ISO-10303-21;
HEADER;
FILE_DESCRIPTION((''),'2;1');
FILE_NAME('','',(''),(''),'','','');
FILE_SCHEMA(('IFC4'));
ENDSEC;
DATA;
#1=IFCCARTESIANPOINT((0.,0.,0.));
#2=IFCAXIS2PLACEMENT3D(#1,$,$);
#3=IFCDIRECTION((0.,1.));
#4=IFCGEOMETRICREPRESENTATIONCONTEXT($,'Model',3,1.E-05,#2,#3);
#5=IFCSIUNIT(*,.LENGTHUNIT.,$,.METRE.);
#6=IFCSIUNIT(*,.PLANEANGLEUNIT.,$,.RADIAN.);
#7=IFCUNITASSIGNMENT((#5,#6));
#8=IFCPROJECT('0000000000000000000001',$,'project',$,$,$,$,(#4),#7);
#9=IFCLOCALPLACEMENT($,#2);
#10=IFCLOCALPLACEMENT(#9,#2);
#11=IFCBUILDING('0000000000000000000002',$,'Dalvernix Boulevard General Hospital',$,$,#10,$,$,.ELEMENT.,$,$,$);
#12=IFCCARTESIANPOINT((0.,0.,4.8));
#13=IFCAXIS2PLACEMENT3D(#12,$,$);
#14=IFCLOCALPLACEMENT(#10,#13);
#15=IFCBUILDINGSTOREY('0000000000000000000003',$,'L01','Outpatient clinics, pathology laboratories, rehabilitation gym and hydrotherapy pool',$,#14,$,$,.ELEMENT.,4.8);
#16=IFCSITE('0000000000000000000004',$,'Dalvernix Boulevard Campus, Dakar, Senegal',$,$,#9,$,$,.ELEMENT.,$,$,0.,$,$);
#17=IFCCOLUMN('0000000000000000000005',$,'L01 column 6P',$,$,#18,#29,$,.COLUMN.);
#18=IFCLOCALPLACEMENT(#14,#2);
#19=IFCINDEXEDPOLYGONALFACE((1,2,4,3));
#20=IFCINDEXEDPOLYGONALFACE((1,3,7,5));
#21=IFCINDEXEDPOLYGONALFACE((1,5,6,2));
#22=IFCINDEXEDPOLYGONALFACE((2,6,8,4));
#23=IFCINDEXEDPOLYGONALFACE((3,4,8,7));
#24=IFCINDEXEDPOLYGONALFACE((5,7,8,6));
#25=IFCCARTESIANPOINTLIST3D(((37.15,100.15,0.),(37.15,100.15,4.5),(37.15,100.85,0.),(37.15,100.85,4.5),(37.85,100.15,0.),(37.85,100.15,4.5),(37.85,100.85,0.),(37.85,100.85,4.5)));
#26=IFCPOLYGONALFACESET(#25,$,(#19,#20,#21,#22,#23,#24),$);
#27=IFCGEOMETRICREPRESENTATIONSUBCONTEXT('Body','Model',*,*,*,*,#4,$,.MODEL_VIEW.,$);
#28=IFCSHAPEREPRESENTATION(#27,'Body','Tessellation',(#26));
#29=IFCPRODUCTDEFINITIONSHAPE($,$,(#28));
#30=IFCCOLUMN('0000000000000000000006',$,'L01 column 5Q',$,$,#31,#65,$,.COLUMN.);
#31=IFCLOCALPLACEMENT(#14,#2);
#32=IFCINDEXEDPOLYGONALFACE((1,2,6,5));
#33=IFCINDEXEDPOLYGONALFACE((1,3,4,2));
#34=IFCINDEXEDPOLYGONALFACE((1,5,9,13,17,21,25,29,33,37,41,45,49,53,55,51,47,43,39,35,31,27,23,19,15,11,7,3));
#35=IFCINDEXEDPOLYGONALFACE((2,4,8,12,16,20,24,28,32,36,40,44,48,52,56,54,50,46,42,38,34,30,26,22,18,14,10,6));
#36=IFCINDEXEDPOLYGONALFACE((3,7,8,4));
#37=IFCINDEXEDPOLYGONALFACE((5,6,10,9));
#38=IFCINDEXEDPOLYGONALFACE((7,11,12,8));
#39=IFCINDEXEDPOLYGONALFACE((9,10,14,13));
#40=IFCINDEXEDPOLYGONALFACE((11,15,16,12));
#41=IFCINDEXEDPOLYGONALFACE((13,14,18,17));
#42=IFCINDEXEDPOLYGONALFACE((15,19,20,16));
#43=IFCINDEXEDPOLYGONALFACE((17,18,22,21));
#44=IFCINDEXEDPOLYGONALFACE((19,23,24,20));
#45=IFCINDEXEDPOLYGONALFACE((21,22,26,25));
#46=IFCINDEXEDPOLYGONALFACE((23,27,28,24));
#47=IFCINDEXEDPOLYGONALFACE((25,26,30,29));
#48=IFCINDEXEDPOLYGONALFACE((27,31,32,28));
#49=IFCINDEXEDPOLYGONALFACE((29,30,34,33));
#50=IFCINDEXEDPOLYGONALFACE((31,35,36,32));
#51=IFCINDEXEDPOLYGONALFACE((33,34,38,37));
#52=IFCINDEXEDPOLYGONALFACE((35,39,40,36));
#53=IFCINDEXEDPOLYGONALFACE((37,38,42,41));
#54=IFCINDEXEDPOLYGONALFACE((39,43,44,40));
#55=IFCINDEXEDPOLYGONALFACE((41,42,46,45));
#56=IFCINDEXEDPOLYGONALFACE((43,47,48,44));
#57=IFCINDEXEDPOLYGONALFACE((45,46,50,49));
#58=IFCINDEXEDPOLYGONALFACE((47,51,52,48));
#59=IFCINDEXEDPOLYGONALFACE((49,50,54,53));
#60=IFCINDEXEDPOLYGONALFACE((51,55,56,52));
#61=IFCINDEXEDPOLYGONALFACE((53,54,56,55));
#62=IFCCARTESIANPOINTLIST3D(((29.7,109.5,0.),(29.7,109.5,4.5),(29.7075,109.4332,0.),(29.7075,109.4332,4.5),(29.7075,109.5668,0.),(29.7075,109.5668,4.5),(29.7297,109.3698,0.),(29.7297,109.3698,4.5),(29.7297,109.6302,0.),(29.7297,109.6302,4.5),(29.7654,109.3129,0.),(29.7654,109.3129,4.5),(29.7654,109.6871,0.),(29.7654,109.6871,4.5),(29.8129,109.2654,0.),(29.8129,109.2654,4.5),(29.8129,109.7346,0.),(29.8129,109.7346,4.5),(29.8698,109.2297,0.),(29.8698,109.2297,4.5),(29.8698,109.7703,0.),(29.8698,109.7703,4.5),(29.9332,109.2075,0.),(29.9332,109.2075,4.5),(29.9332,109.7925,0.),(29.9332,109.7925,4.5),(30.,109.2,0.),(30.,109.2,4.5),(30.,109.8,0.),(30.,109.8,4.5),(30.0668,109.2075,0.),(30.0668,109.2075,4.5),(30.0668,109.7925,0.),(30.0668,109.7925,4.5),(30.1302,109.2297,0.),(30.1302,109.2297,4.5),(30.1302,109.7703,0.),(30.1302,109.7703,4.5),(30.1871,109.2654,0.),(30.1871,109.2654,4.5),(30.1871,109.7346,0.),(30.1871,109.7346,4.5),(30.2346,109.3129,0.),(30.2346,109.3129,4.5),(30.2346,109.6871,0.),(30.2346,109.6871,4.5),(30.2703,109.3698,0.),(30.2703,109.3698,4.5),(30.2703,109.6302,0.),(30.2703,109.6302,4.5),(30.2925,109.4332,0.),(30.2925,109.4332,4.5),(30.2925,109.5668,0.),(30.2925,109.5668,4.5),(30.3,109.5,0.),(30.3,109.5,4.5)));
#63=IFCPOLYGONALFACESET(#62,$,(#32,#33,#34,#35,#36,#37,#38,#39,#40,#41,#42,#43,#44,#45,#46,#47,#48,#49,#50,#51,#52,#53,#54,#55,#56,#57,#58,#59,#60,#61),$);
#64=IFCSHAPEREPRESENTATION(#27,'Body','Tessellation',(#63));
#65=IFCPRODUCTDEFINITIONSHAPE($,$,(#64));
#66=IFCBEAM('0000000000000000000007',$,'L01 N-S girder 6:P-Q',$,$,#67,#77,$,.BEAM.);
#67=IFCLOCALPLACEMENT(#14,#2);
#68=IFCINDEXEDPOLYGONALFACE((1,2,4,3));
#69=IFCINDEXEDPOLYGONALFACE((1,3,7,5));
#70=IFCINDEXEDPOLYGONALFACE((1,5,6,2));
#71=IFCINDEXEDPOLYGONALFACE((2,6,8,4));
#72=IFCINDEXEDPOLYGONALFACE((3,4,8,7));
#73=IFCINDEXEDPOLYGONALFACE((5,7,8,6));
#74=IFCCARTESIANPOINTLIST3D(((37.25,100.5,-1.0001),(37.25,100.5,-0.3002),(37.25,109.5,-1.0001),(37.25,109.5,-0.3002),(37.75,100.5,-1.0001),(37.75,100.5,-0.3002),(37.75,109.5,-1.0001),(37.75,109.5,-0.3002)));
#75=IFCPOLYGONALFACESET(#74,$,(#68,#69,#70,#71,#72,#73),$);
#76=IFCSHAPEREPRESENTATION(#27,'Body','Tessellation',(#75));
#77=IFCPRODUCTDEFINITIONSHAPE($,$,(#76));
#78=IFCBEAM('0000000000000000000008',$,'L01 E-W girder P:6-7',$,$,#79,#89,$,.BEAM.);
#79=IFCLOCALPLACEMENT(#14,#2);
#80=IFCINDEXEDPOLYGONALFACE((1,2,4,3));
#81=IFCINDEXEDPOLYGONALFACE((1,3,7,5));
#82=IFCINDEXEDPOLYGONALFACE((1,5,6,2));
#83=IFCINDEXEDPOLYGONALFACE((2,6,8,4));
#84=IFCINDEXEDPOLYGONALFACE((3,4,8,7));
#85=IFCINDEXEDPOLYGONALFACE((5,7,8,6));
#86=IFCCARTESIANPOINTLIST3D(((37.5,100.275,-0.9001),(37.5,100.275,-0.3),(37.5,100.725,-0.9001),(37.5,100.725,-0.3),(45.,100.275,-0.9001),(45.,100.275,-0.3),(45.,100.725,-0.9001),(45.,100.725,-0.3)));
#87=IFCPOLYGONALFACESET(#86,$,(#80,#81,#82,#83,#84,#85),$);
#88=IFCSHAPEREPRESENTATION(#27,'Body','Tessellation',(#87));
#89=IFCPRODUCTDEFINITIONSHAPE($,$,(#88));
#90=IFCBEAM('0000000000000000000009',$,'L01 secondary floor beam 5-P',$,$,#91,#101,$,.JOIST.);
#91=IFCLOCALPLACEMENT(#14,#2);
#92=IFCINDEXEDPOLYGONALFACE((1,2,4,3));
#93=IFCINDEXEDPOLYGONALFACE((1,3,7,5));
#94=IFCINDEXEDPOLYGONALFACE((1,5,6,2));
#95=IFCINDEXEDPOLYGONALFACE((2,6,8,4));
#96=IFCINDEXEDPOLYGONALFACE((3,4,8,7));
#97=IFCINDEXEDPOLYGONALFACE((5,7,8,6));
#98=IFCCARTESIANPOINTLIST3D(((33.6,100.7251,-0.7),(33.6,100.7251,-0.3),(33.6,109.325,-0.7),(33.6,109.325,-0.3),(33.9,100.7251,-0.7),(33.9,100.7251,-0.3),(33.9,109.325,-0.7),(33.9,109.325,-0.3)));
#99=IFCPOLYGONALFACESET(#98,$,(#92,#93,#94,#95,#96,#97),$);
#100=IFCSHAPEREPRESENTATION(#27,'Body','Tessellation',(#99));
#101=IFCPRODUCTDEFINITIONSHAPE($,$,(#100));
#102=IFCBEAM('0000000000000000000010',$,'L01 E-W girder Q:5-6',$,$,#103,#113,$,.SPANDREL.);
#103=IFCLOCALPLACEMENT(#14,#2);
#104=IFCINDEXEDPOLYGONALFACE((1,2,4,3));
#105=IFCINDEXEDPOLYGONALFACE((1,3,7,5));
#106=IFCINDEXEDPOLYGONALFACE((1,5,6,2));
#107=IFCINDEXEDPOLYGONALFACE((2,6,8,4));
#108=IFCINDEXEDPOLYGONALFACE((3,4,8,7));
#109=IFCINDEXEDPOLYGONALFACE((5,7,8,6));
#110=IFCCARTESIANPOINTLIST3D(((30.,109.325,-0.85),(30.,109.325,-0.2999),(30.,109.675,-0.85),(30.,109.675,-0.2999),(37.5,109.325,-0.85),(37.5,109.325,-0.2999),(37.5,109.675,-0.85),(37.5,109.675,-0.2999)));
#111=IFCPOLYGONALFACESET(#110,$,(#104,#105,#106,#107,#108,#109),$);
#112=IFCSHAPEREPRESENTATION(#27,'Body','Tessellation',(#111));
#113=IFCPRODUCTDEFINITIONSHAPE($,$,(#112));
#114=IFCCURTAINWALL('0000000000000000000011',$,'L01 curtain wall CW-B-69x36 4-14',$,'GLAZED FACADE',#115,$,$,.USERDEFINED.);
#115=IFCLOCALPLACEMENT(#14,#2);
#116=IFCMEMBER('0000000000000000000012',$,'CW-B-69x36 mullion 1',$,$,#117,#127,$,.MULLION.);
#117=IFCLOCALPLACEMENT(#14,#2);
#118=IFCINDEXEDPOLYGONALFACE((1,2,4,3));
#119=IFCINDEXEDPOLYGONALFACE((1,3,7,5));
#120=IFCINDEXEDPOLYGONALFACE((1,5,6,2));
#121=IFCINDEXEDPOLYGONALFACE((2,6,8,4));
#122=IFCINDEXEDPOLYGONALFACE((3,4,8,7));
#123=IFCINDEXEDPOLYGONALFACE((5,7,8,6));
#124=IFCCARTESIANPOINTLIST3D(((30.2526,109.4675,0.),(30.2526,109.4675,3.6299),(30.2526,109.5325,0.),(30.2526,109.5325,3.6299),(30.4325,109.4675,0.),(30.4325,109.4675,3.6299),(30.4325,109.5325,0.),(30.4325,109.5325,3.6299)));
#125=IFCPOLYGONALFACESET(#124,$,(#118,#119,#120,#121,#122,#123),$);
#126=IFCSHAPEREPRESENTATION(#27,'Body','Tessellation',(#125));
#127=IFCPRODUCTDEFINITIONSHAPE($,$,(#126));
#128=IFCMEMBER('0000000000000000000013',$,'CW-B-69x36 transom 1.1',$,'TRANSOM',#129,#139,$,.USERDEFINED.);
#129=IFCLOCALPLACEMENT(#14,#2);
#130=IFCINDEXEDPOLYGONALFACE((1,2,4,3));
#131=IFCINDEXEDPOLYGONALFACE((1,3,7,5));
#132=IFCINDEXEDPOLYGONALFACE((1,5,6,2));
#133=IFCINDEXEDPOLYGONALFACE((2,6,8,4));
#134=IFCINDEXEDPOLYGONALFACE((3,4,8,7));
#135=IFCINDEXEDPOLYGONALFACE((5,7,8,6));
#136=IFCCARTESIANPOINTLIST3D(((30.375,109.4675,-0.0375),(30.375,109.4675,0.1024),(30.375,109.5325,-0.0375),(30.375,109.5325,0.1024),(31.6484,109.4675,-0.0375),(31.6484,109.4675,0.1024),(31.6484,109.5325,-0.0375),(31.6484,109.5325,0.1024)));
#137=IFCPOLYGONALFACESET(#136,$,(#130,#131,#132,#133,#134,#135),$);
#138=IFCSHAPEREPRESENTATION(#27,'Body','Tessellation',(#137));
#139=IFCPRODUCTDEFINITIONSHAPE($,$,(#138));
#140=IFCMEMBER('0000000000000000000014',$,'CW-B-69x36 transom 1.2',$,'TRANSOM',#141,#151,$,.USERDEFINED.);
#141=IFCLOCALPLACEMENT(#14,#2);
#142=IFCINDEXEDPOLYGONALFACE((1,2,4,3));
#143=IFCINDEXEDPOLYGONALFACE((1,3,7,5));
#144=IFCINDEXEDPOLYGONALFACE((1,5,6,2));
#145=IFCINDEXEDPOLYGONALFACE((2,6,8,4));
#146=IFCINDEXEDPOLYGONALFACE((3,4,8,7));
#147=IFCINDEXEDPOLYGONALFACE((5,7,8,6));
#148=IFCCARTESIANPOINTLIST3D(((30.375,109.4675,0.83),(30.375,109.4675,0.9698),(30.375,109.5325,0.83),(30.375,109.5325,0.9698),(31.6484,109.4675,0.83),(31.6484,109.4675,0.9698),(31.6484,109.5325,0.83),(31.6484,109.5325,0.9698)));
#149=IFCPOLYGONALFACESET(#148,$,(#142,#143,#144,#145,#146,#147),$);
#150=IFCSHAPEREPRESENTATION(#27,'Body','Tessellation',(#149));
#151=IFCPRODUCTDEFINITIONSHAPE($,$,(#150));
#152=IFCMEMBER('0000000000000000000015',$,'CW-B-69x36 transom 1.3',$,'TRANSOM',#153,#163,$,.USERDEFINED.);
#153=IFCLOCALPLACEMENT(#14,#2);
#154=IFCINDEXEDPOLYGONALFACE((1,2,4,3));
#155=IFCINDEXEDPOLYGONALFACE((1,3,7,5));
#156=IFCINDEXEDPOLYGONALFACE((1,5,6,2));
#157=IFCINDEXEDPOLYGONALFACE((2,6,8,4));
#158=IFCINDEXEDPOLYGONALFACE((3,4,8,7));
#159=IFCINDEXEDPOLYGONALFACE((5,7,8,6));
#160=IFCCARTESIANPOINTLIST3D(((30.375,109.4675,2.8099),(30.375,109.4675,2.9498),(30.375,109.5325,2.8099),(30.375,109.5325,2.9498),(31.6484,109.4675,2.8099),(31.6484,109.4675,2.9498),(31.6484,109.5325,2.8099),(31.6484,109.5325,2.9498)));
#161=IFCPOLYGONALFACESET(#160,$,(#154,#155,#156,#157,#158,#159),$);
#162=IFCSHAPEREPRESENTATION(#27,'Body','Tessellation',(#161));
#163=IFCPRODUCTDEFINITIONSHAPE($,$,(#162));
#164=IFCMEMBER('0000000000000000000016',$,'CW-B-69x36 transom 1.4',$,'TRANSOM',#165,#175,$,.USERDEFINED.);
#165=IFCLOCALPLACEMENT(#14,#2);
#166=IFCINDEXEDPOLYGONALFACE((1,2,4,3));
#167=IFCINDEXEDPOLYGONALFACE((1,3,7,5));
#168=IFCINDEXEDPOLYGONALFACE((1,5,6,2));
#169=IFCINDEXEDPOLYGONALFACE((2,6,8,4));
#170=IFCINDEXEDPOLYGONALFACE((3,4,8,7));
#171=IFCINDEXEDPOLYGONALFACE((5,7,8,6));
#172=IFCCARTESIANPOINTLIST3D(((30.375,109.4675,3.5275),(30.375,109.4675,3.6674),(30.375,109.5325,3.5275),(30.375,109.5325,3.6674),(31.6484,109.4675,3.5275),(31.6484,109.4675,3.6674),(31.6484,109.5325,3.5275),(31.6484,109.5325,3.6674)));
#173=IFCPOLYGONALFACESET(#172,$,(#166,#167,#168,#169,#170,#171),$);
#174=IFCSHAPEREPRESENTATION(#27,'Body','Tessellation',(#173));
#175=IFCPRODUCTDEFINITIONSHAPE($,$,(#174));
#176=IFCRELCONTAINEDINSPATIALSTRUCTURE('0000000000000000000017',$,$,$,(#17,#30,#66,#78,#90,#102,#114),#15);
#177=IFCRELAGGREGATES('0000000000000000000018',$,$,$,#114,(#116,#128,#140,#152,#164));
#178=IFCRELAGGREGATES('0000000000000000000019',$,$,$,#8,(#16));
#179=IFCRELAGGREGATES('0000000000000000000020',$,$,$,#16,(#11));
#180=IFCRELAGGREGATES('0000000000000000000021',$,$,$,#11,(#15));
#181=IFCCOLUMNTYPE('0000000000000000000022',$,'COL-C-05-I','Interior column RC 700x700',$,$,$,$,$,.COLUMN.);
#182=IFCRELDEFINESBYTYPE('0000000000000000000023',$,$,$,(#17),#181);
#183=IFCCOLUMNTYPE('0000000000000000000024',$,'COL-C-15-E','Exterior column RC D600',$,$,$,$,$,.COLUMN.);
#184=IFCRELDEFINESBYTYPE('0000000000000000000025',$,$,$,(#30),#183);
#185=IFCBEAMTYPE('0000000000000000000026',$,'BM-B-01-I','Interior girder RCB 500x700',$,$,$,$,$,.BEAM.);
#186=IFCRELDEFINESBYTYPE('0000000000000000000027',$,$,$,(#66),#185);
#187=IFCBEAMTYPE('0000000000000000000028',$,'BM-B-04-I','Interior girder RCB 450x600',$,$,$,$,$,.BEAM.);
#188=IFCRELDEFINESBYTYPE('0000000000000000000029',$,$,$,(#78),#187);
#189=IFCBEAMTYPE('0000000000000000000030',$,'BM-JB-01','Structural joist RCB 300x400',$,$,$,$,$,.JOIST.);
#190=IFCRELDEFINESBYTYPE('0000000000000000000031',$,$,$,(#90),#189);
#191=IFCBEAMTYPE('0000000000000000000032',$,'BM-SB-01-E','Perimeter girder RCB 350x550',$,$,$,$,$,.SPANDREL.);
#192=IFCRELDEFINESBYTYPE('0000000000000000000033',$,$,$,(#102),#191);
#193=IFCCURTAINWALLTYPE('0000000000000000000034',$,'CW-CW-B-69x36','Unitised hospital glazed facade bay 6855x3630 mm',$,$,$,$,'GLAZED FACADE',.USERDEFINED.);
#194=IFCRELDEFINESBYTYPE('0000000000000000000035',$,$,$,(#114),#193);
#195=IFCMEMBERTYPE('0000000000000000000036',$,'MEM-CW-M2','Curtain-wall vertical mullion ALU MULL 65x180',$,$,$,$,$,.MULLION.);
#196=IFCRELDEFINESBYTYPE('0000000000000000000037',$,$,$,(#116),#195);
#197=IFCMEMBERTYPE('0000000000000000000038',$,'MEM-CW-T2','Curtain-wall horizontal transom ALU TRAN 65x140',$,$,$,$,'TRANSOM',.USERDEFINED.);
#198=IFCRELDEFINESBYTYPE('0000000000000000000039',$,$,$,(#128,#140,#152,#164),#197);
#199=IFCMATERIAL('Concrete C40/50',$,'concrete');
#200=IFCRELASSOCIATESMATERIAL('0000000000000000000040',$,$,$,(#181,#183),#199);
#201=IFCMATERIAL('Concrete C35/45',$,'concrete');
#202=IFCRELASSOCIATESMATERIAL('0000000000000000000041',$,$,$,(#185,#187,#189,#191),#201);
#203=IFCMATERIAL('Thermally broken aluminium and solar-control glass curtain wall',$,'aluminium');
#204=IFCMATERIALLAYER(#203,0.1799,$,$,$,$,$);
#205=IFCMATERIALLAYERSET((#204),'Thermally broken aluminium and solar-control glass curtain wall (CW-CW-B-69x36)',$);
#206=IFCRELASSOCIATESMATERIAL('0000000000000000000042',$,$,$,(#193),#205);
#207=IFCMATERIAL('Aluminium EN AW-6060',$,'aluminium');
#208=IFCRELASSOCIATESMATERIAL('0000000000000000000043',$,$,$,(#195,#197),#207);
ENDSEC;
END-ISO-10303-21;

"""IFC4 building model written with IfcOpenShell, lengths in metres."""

from ifc_helpers import new_model, si_unit, direction, frame, origin, origin_2d, place, context, subcontext, project, spatial, rectangle, circle, extrude, material, layer, layer_set, material_profile, profile_set, type_object, element, aggregate, save


model = new_model("IFC4")

# Units and contexts
model_context = context("Model", 3, precision=1e-05, world=origin(), true_north=direction((0.0, 1.0)))
body_context = subcontext(model_context, "Body", "Model", "MODEL_VIEW")
ifc_project = project(units=[si_unit("LENGTHUNIT", "METRE"), si_unit("PLANEANGLEUNIT", "RADIAN")], contexts=[model_context])

# Site, building, storey
site_placement = place(None, origin())
site = spatial("IfcSite", under=ifc_project, at=site_placement, Name="Dalvernix Boulevard Campus, Dakar, Senegal", CompositionType="ELEMENT", RefElevation=0.0)
building_placement = place(site_placement, origin())
building = spatial("IfcBuilding", under=site, at=building_placement, Name="Dalvernix Boulevard General Hospital", CompositionType="ELEMENT")
storey_placement = place(building_placement, frame((0.0, 0.0, 4.8)))
storey = spatial("IfcBuildingStorey", under=building, at=storey_placement, Name="L01", Description="Outpatient clinics, pathology laboratories, rehabilitation gym and hydrotherapy pool", CompositionType="ELEMENT", Elevation=4.8)

# Columns
ifc_material_1 = material(Name="Concrete C40/50", Category="concrete")
ifc_material_profile_1 = material_profile(ifc_material_1, rectangle(XDim=0.7, YDim=0.7, at=origin_2d()), Name="RC 700x700")
ifc_profile_set_1 = profile_set([ifc_material_profile_1], Name="Concrete C40/50")
column_type_1 = type_object("IfcColumnType", Name="COL-C-05-I", Description="Interior column RC 700x700", PredefinedType="COLUMN", material=ifc_profile_set_1)
column_1_placement = place(storey_placement, frame((37.5, 100.5, 0.0), z_axis=(0.0, 0.0, 1.0), x_axis=(1.0, 0.0, 0.0)))
element("IfcColumn", 1, at=column_1_placement, inside=storey, type_object=column_type_1, Name="L01 column 6P", PredefinedType="COLUMN", context=body_context, shape_type="SweptSolid", body=[
    extrude(rectangle(XDim=0.7, YDim=0.7, at=origin_2d()), origin(), (0.0, 0.0, 1.0), 4.5),
])
ifc_material_profile_2 = material_profile(ifc_material_1, circle(Radius=0.3, at=origin_2d()), Name="RC D600")
ifc_profile_set_2 = profile_set([ifc_material_profile_2], Name="Concrete C40/50")
column_type_2 = type_object("IfcColumnType", Name="COL-C-15-E", Description="Exterior column RC D600", PredefinedType="COLUMN", material=ifc_profile_set_2)
column_2_placement = place(storey_placement, frame((30.0, 109.5, 0.0), z_axis=(0.0, 0.0, 1.0), x_axis=(1.0, 0.0, 0.0)))
element("IfcColumn", 2, at=column_2_placement, inside=storey, type_object=column_type_2, Name="L01 column 5Q", PredefinedType="COLUMN", context=body_context, shape_type="SweptSolid", body=[
    extrude(circle(Radius=0.3, at=origin_2d()), origin(), (0.0, 0.0, 1.0), 4.5),
])

# Beams
ifc_material_2 = material(Name="Concrete C35/45", Category="concrete")
ifc_material_profile_3 = material_profile(ifc_material_2, rectangle(XDim=0.5, YDim=0.7, at=origin_2d()), Name="RCB 500x700")
ifc_profile_set_3 = profile_set([ifc_material_profile_3], Name="Concrete C35/45")
beam_type_1 = type_object("IfcBeamType", Name="BM-B-01-I", Description="Interior girder RCB 500x700", PredefinedType="BEAM", material=ifc_profile_set_3)
beam_1_placement = place(storey_placement, frame((37.5, 100.5, -0.6501), z_axis=(0.0, 1.0, 0.0), x_axis=(-1.0, 0.0, 0.0)))
element("IfcBeam", 3, at=beam_1_placement, inside=storey, type_object=beam_type_1, Name="L01 N-S girder 6:P-Q", PredefinedType="BEAM", context=body_context, shape_type="SweptSolid", body=[
    extrude(rectangle(XDim=0.5, YDim=0.7, at=origin_2d()), origin(), (0.0, 0.0, 1.0), 9.0),
])
ifc_material_profile_4 = material_profile(ifc_material_2, rectangle(XDim=0.45, YDim=0.6001, at=origin_2d()), Name="RCB 450x600")
ifc_profile_set_4 = profile_set([ifc_material_profile_4], Name="Concrete C35/45")
beam_type_2 = type_object("IfcBeamType", Name="BM-B-04-I", Description="Interior girder RCB 450x600", PredefinedType="BEAM", material=ifc_profile_set_4)
beam_2_placement = place(storey_placement, frame((37.5, 100.5, -0.6001), z_axis=(1.0, 0.0, 0.0), x_axis=(0.0, 1.0, 0.0)))
element("IfcBeam", 4, at=beam_2_placement, inside=storey, type_object=beam_type_2, Name="L01 E-W girder P:6-7", PredefinedType="BEAM", context=body_context, shape_type="SweptSolid", body=[
    extrude(rectangle(XDim=0.45, YDim=0.6001, at=origin_2d()), origin(), (0.0, 0.0, 1.0), 7.5),
])
ifc_material_profile_5 = material_profile(ifc_material_2, rectangle(XDim=0.3, YDim=0.3999, at=origin_2d()), Name="RCB 300x400")
ifc_profile_set_5 = profile_set([ifc_material_profile_5], Name="Concrete C35/45")
beam_type_3 = type_object("IfcBeamType", Name="BM-JB-01", Description="Structural joist RCB 300x400", PredefinedType="JOIST", material=ifc_profile_set_5)
beam_3_placement = place(storey_placement, frame((33.75, 100.7251, -0.5), z_axis=(0.0, 1.0, 0.0), x_axis=(-1.0, 0.0, 0.0)))
element("IfcBeam", 5, at=beam_3_placement, inside=storey, type_object=beam_type_3, Name="L01 secondary floor beam 5-P", PredefinedType="JOIST", context=body_context, shape_type="SweptSolid", body=[
    extrude(rectangle(XDim=0.3, YDim=0.3999, at=origin_2d()), origin(), (0.0, 0.0, 1.0), 8.5999),
])
ifc_material_profile_6 = material_profile(ifc_material_2, rectangle(XDim=0.3501, YDim=0.55, at=origin_2d()), Name="RCB 350x550")
ifc_profile_set_6 = profile_set([ifc_material_profile_6], Name="Concrete C35/45")
beam_type_4 = type_object("IfcBeamType", Name="BM-SB-01-E", Description="Perimeter girder RCB 350x550", PredefinedType="SPANDREL", material=ifc_profile_set_6)
beam_4_placement = place(storey_placement, frame((30.0, 109.5, -0.575), z_axis=(1.0, 0.0, 0.0), x_axis=(0.0, 1.0, 0.0)))
element("IfcBeam", 6, at=beam_4_placement, inside=storey, type_object=beam_type_4, Name="L01 E-W girder Q:5-6", PredefinedType="SPANDREL", context=body_context, shape_type="SweptSolid", body=[
    extrude(rectangle(XDim=0.3501, YDim=0.55, at=origin_2d()), origin(), (0.0, 0.0, 1.0), 7.5),
])

# Curtain wall, members
ifc_material_3 = material(Name="Thermally broken aluminium and solar-control glass curtain wall", Category="aluminium")
ifc_layer_1 = layer(ifc_material_3, 0.1799)
ifc_layer_set_1 = layer_set([ifc_layer_1], Name="Thermally broken aluminium and solar-control glass curtain wall (CW-CW-B-69x36)")
curtain_wall_type = type_object("IfcCurtainWallType", Name="CW-CW-B-69x36", Description="Unitised hospital glazed facade bay 6855x3630 mm", ElementType="GLAZED FACADE", PredefinedType="USERDEFINED", material=ifc_layer_set_1)
curtain_wall_placement = place(storey_placement, origin())
curtain_wall = element("IfcCurtainWall", 7, at=curtain_wall_placement, inside=storey, type_object=curtain_wall_type, Name="L01 curtain wall CW-B-69x36 4-14", ObjectType="GLAZED FACADE", PredefinedType="USERDEFINED")
ifc_material_4 = material(Name="Aluminium EN AW-6060", Category="aluminium")
ifc_material_profile_7 = material_profile(ifc_material_4, rectangle(XDim=0.0649, YDim=0.1799, at=origin_2d()), Name="ALU MULL 65x180")
ifc_profile_set_7 = profile_set([ifc_material_profile_7], Name="Aluminium EN AW-6060")
member_type_1 = type_object("IfcMemberType", Name="MEM-CW-M2", Description="Curtain-wall vertical mullion ALU MULL 65x180", PredefinedType="MULLION", material=ifc_profile_set_7)
member_1_placement = place(storey_placement, frame((30.3425, 109.5, 0.0), z_axis=(0.0, 0.0, 1.0), x_axis=(0.0, 1.0, 0.0)))
member_1 = element("IfcMember", 8, at=member_1_placement, type_object=member_type_1, Name="CW-B-69x36 mullion 1", PredefinedType="MULLION", context=body_context, shape_type="SweptSolid", body=[
    extrude(rectangle(XDim=0.0649, YDim=0.1799, at=origin_2d()), origin(), (0.0, 0.0, 1.0), 3.6299),
])
ifc_material_profile_8 = material_profile(ifc_material_4, rectangle(XDim=0.0649, YDim=0.1399, at=origin_2d()), Name="ALU TRAN 65x140")
ifc_profile_set_8 = profile_set([ifc_material_profile_8], Name="Aluminium EN AW-6060")
member_type_2 = type_object("IfcMemberType", Name="MEM-CW-T2", Description="Curtain-wall horizontal transom ALU TRAN 65x140", ElementType="TRANSOM", PredefinedType="USERDEFINED", material=ifc_profile_set_8)
member_2_placement = place(storey_placement, frame((30.375, 109.5, 0.0325), z_axis=(1.0, 0.0, 0.0), x_axis=(0.0, 1.0, 0.0)))
member_2 = element("IfcMember", 9, at=member_2_placement, type_object=member_type_2, Name="CW-B-69x36 transom 1.1", ObjectType="TRANSOM", PredefinedType="USERDEFINED", context=body_context, shape_type="SweptSolid", body=[
    extrude(rectangle(XDim=0.0649, YDim=0.1399, at=origin_2d()), origin(), (0.0, 0.0, 1.0), 1.2734),
])
member_3_placement = place(storey_placement, frame((30.375, 109.5, 0.8999), z_axis=(1.0, 0.0, 0.0), x_axis=(0.0, 1.0, 0.0)))
member_3 = element("IfcMember", 10, at=member_3_placement, type_object=member_type_2, Name="CW-B-69x36 transom 1.2", ObjectType="TRANSOM", PredefinedType="USERDEFINED", context=body_context, shape_type="SweptSolid", body=[
    extrude(rectangle(XDim=0.0649, YDim=0.1399, at=origin_2d()), origin(), (0.0, 0.0, 1.0), 1.2734),
])
member_4_placement = place(storey_placement, frame((30.375, 109.5, 2.8799), z_axis=(1.0, 0.0, 0.0), x_axis=(0.0, 1.0, 0.0)))
member_4 = element("IfcMember", 11, at=member_4_placement, type_object=member_type_2, Name="CW-B-69x36 transom 1.3", ObjectType="TRANSOM", PredefinedType="USERDEFINED", context=body_context, shape_type="SweptSolid", body=[
    extrude(rectangle(XDim=0.0649, YDim=0.1399, at=origin_2d()), origin(), (0.0, 0.0, 1.0), 1.2734),
])
member_5_placement = place(storey_placement, frame((30.375, 109.5, 3.5974), z_axis=(1.0, 0.0, 0.0), x_axis=(0.0, 1.0, 0.0)))
member_5 = element("IfcMember", 12, at=member_5_placement, type_object=member_type_2, Name="CW-B-69x36 transom 1.4", ObjectType="TRANSOM", PredefinedType="USERDEFINED", context=body_context, shape_type="SweptSolid", body=[
    extrude(rectangle(XDim=0.0649, YDim=0.1399, at=origin_2d()), origin(), (0.0, 0.0, 1.0), 1.2734),
])
aggregate(curtain_wall, [member_1, member_2, member_3, member_4, member_5])

save(model, "model.ifc")
